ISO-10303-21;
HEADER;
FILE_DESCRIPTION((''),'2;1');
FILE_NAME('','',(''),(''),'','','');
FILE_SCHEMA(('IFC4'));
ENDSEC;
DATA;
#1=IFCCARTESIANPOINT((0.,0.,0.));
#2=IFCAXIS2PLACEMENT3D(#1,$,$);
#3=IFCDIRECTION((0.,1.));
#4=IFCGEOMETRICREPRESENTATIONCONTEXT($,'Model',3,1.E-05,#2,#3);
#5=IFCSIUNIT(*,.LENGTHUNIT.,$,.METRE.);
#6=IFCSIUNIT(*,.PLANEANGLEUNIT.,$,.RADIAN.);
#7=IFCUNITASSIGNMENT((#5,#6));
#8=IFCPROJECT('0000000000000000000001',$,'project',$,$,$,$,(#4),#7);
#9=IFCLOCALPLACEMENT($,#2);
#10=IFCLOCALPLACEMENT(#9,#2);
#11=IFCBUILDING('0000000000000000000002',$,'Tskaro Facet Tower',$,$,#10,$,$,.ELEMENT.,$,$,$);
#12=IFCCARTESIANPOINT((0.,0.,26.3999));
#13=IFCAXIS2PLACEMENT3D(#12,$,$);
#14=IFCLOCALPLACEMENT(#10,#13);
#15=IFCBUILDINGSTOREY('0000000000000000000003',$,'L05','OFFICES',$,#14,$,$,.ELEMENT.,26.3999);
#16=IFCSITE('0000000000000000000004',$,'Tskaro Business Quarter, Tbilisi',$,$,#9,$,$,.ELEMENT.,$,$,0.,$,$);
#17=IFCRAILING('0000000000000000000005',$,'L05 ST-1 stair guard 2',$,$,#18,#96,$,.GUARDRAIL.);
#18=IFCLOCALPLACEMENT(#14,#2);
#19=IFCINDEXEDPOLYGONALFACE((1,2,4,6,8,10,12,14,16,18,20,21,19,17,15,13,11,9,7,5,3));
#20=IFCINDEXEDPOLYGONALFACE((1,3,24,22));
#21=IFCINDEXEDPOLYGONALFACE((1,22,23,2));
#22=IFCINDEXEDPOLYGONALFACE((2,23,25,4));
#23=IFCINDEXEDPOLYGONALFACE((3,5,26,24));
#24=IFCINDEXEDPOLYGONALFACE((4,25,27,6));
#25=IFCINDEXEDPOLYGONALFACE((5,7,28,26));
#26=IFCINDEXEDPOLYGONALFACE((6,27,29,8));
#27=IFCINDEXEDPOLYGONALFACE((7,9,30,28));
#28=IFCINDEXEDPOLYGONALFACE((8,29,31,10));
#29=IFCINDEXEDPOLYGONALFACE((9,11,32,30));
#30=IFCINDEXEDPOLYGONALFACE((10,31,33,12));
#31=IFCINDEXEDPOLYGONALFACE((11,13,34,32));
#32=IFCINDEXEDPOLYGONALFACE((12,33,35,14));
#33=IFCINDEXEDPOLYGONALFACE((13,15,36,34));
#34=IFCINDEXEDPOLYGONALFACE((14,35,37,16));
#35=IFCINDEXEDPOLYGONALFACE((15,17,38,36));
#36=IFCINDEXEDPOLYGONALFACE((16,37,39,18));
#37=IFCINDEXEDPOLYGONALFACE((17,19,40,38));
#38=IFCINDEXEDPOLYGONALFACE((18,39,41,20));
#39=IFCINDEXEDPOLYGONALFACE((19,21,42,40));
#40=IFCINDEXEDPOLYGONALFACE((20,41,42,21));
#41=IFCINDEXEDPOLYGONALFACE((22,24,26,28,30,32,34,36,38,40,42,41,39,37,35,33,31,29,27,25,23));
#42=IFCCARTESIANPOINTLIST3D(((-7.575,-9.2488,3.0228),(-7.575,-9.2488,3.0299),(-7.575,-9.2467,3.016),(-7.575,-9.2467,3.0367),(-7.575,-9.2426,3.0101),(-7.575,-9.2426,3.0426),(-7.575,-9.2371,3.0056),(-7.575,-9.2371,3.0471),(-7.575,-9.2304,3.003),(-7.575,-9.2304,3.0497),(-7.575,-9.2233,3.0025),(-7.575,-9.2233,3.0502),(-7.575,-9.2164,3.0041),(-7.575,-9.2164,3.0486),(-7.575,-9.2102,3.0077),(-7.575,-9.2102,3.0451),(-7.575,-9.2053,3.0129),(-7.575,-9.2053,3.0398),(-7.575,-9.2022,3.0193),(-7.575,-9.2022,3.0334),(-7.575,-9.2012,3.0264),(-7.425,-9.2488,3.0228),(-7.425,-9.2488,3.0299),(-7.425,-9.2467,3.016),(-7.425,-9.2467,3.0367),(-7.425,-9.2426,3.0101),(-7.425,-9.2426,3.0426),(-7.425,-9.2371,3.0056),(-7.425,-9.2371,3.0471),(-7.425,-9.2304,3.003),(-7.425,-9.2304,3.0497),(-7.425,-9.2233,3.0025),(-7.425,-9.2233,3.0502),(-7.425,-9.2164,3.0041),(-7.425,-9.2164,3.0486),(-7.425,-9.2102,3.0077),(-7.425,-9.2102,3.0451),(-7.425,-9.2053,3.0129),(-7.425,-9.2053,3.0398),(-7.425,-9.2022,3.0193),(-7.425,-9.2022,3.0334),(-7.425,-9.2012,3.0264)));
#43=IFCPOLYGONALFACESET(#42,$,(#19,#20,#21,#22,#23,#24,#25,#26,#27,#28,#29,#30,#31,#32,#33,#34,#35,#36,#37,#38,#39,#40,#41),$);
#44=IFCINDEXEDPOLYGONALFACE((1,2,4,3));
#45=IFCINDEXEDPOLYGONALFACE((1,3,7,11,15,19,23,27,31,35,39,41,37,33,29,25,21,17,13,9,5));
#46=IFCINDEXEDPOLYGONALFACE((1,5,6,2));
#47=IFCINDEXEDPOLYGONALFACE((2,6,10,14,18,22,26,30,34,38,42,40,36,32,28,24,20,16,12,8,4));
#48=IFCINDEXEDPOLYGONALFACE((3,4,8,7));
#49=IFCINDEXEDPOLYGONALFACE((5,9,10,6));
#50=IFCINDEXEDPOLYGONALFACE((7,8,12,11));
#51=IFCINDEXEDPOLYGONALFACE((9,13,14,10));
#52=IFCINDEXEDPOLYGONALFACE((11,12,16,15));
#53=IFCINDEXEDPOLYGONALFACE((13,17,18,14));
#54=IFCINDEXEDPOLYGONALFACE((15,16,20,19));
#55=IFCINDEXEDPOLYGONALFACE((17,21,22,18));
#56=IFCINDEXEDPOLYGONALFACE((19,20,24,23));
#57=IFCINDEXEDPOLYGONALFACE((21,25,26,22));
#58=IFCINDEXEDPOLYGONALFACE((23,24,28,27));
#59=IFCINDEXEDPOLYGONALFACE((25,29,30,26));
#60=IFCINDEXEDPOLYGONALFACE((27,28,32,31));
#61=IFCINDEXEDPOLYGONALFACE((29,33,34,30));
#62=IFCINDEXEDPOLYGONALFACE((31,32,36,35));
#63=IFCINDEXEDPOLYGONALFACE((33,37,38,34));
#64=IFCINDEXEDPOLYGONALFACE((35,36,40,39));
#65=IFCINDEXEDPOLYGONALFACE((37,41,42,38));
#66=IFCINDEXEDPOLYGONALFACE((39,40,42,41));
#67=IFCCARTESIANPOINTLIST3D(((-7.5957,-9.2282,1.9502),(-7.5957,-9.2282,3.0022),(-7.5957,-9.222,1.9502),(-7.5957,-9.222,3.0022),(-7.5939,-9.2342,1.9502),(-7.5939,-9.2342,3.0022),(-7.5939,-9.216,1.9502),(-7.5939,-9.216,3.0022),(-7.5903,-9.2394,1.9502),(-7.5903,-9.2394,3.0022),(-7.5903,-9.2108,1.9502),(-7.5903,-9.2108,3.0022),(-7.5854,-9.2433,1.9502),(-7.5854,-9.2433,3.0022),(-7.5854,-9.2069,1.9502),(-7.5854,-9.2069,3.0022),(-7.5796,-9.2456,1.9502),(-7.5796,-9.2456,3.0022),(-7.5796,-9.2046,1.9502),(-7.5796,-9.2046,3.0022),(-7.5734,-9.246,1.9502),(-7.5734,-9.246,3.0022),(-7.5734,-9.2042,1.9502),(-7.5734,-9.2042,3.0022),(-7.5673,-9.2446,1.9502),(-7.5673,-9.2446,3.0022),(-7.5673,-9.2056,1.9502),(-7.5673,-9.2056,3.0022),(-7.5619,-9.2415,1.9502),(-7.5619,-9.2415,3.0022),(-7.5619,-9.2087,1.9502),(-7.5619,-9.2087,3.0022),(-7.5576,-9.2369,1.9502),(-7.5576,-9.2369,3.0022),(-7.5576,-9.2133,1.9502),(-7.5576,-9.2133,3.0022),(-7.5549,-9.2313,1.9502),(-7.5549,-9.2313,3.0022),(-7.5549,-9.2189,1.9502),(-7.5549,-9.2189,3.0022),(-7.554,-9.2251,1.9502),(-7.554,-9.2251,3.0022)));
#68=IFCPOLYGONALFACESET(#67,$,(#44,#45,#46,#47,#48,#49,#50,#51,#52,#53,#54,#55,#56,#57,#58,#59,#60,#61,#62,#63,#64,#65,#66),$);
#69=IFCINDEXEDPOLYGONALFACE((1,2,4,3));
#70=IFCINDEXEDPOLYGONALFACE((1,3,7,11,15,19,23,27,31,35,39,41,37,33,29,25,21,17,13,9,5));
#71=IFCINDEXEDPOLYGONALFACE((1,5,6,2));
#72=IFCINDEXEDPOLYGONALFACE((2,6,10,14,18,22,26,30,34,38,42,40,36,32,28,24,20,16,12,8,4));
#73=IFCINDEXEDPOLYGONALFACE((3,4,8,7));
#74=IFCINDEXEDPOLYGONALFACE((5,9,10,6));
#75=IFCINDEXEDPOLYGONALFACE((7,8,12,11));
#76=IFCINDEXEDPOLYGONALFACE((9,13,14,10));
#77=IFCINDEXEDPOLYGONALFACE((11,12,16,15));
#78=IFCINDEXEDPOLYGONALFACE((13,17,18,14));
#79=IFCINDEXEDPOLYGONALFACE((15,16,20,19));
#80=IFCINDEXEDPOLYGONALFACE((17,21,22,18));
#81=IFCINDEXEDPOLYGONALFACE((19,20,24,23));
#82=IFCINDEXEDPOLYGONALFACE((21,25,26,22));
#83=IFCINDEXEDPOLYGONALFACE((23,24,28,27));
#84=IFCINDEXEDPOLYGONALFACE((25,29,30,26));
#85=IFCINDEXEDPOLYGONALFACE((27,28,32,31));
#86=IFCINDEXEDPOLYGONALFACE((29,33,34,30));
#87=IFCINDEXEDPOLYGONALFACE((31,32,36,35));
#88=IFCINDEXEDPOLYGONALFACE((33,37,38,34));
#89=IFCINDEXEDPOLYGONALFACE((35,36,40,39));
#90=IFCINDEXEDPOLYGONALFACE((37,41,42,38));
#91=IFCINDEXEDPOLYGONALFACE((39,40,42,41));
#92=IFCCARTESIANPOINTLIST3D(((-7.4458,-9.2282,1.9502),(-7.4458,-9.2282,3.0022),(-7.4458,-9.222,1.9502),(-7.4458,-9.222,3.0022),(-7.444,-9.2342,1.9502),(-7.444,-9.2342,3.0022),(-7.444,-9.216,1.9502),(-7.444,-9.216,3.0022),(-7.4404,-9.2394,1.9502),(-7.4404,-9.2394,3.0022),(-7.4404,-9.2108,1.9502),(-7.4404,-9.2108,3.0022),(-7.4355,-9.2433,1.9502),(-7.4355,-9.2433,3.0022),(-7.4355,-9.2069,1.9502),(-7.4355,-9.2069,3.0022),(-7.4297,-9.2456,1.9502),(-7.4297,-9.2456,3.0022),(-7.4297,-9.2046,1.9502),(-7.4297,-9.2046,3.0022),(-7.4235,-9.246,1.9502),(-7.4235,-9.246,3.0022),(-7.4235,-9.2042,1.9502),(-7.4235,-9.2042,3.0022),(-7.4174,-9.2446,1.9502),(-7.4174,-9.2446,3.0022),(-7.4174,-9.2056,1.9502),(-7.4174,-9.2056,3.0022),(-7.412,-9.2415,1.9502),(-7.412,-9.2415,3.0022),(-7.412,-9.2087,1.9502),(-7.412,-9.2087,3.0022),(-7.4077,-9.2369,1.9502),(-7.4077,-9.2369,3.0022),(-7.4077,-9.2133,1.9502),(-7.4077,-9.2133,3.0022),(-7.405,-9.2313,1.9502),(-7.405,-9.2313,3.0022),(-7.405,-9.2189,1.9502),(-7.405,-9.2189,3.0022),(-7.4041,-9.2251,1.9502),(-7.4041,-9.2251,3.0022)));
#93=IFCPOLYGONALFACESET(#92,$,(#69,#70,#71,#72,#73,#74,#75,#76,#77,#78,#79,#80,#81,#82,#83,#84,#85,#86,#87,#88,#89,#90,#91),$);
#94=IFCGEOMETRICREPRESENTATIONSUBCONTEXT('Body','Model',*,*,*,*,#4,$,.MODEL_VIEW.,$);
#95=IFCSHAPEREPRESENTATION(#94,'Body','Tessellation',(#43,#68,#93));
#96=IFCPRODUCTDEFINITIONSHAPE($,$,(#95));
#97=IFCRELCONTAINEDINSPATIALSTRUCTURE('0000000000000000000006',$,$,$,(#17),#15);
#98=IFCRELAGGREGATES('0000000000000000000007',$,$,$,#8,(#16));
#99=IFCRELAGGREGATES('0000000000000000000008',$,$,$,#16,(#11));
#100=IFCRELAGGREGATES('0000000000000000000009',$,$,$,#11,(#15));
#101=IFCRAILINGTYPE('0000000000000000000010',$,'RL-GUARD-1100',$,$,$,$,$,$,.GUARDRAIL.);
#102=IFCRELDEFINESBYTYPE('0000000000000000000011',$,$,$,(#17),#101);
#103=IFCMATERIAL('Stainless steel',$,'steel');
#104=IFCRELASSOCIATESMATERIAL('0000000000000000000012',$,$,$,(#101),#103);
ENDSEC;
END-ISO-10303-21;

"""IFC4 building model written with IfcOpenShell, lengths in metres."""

from ifc_helpers import new_model, si_unit, direction, frame, origin, origin_2d, place, context, subcontext, project, spatial, circle, extrude, material, type_object, element, save


model = new_model("IFC4")

# Units and contexts
model_context = context("Model", 3, precision=1e-05, world=origin(), true_north=direction((0.0, 1.0)))
body_context = subcontext(model_context, "Body", "Model", "MODEL_VIEW")
ifc_project = project(units=[si_unit("LENGTHUNIT", "METRE"), si_unit("PLANEANGLEUNIT", "RADIAN")], contexts=[model_context])

# Site, building, storey
site_placement = place(None, origin())
site = spatial("IfcSite", under=ifc_project, at=site_placement, Name="Tskaro Business Quarter, Tbilisi", CompositionType="ELEMENT", RefElevation=0.0)
building_placement = place(site_placement, origin())
building = spatial("IfcBuilding", under=site, at=building_placement, Name="Tskaro Facet Tower", CompositionType="ELEMENT")
storey_placement = place(building_placement, frame((0.0, 0.0, 26.3999)))
storey = spatial("IfcBuildingStorey", under=building, at=storey_placement, Name="L05", Description="OFFICES", CompositionType="ELEMENT", Elevation=26.3999)

# Shared definitions
ifc_material_1 = material(Name="Stainless steel", Category="steel")

# Railing
railing_type_1 = type_object("IfcRailingType", Name="RL-GUARD-1100", PredefinedType="GUARDRAIL", material=ifc_material_1)
railing_1_placement = place(storey_placement, frame((-7.575, -9.2251, 1.9502)))
element("IfcRailing", 1, at=railing_1_placement, inside=storey, type_object=railing_type_1, Name="L05 ST-1 stair guard 2", PredefinedType="GUARDRAIL", context=body_context, shape_type="SweptSolid", body=[
    extrude(circle(Radius=0.0239, at=origin_2d()), frame((0.0, 0.0, 1.0762), z_axis=(1.0, 0.0, 0.0), x_axis=(0.0, 1.0, 0.0)), (0.0, 0.0, 1.0), 0.1499),
    extrude(circle(Radius=0.021, at=origin_2d()), origin(), (0.0, 0.0, 1.0), 1.052),
    extrude(circle(Radius=0.021, at=origin_2d()), frame((0.1499, 0.0, 0.0)), (0.0, 0.0, 1.0), 1.052),
])

save(model, "model.ifc")
